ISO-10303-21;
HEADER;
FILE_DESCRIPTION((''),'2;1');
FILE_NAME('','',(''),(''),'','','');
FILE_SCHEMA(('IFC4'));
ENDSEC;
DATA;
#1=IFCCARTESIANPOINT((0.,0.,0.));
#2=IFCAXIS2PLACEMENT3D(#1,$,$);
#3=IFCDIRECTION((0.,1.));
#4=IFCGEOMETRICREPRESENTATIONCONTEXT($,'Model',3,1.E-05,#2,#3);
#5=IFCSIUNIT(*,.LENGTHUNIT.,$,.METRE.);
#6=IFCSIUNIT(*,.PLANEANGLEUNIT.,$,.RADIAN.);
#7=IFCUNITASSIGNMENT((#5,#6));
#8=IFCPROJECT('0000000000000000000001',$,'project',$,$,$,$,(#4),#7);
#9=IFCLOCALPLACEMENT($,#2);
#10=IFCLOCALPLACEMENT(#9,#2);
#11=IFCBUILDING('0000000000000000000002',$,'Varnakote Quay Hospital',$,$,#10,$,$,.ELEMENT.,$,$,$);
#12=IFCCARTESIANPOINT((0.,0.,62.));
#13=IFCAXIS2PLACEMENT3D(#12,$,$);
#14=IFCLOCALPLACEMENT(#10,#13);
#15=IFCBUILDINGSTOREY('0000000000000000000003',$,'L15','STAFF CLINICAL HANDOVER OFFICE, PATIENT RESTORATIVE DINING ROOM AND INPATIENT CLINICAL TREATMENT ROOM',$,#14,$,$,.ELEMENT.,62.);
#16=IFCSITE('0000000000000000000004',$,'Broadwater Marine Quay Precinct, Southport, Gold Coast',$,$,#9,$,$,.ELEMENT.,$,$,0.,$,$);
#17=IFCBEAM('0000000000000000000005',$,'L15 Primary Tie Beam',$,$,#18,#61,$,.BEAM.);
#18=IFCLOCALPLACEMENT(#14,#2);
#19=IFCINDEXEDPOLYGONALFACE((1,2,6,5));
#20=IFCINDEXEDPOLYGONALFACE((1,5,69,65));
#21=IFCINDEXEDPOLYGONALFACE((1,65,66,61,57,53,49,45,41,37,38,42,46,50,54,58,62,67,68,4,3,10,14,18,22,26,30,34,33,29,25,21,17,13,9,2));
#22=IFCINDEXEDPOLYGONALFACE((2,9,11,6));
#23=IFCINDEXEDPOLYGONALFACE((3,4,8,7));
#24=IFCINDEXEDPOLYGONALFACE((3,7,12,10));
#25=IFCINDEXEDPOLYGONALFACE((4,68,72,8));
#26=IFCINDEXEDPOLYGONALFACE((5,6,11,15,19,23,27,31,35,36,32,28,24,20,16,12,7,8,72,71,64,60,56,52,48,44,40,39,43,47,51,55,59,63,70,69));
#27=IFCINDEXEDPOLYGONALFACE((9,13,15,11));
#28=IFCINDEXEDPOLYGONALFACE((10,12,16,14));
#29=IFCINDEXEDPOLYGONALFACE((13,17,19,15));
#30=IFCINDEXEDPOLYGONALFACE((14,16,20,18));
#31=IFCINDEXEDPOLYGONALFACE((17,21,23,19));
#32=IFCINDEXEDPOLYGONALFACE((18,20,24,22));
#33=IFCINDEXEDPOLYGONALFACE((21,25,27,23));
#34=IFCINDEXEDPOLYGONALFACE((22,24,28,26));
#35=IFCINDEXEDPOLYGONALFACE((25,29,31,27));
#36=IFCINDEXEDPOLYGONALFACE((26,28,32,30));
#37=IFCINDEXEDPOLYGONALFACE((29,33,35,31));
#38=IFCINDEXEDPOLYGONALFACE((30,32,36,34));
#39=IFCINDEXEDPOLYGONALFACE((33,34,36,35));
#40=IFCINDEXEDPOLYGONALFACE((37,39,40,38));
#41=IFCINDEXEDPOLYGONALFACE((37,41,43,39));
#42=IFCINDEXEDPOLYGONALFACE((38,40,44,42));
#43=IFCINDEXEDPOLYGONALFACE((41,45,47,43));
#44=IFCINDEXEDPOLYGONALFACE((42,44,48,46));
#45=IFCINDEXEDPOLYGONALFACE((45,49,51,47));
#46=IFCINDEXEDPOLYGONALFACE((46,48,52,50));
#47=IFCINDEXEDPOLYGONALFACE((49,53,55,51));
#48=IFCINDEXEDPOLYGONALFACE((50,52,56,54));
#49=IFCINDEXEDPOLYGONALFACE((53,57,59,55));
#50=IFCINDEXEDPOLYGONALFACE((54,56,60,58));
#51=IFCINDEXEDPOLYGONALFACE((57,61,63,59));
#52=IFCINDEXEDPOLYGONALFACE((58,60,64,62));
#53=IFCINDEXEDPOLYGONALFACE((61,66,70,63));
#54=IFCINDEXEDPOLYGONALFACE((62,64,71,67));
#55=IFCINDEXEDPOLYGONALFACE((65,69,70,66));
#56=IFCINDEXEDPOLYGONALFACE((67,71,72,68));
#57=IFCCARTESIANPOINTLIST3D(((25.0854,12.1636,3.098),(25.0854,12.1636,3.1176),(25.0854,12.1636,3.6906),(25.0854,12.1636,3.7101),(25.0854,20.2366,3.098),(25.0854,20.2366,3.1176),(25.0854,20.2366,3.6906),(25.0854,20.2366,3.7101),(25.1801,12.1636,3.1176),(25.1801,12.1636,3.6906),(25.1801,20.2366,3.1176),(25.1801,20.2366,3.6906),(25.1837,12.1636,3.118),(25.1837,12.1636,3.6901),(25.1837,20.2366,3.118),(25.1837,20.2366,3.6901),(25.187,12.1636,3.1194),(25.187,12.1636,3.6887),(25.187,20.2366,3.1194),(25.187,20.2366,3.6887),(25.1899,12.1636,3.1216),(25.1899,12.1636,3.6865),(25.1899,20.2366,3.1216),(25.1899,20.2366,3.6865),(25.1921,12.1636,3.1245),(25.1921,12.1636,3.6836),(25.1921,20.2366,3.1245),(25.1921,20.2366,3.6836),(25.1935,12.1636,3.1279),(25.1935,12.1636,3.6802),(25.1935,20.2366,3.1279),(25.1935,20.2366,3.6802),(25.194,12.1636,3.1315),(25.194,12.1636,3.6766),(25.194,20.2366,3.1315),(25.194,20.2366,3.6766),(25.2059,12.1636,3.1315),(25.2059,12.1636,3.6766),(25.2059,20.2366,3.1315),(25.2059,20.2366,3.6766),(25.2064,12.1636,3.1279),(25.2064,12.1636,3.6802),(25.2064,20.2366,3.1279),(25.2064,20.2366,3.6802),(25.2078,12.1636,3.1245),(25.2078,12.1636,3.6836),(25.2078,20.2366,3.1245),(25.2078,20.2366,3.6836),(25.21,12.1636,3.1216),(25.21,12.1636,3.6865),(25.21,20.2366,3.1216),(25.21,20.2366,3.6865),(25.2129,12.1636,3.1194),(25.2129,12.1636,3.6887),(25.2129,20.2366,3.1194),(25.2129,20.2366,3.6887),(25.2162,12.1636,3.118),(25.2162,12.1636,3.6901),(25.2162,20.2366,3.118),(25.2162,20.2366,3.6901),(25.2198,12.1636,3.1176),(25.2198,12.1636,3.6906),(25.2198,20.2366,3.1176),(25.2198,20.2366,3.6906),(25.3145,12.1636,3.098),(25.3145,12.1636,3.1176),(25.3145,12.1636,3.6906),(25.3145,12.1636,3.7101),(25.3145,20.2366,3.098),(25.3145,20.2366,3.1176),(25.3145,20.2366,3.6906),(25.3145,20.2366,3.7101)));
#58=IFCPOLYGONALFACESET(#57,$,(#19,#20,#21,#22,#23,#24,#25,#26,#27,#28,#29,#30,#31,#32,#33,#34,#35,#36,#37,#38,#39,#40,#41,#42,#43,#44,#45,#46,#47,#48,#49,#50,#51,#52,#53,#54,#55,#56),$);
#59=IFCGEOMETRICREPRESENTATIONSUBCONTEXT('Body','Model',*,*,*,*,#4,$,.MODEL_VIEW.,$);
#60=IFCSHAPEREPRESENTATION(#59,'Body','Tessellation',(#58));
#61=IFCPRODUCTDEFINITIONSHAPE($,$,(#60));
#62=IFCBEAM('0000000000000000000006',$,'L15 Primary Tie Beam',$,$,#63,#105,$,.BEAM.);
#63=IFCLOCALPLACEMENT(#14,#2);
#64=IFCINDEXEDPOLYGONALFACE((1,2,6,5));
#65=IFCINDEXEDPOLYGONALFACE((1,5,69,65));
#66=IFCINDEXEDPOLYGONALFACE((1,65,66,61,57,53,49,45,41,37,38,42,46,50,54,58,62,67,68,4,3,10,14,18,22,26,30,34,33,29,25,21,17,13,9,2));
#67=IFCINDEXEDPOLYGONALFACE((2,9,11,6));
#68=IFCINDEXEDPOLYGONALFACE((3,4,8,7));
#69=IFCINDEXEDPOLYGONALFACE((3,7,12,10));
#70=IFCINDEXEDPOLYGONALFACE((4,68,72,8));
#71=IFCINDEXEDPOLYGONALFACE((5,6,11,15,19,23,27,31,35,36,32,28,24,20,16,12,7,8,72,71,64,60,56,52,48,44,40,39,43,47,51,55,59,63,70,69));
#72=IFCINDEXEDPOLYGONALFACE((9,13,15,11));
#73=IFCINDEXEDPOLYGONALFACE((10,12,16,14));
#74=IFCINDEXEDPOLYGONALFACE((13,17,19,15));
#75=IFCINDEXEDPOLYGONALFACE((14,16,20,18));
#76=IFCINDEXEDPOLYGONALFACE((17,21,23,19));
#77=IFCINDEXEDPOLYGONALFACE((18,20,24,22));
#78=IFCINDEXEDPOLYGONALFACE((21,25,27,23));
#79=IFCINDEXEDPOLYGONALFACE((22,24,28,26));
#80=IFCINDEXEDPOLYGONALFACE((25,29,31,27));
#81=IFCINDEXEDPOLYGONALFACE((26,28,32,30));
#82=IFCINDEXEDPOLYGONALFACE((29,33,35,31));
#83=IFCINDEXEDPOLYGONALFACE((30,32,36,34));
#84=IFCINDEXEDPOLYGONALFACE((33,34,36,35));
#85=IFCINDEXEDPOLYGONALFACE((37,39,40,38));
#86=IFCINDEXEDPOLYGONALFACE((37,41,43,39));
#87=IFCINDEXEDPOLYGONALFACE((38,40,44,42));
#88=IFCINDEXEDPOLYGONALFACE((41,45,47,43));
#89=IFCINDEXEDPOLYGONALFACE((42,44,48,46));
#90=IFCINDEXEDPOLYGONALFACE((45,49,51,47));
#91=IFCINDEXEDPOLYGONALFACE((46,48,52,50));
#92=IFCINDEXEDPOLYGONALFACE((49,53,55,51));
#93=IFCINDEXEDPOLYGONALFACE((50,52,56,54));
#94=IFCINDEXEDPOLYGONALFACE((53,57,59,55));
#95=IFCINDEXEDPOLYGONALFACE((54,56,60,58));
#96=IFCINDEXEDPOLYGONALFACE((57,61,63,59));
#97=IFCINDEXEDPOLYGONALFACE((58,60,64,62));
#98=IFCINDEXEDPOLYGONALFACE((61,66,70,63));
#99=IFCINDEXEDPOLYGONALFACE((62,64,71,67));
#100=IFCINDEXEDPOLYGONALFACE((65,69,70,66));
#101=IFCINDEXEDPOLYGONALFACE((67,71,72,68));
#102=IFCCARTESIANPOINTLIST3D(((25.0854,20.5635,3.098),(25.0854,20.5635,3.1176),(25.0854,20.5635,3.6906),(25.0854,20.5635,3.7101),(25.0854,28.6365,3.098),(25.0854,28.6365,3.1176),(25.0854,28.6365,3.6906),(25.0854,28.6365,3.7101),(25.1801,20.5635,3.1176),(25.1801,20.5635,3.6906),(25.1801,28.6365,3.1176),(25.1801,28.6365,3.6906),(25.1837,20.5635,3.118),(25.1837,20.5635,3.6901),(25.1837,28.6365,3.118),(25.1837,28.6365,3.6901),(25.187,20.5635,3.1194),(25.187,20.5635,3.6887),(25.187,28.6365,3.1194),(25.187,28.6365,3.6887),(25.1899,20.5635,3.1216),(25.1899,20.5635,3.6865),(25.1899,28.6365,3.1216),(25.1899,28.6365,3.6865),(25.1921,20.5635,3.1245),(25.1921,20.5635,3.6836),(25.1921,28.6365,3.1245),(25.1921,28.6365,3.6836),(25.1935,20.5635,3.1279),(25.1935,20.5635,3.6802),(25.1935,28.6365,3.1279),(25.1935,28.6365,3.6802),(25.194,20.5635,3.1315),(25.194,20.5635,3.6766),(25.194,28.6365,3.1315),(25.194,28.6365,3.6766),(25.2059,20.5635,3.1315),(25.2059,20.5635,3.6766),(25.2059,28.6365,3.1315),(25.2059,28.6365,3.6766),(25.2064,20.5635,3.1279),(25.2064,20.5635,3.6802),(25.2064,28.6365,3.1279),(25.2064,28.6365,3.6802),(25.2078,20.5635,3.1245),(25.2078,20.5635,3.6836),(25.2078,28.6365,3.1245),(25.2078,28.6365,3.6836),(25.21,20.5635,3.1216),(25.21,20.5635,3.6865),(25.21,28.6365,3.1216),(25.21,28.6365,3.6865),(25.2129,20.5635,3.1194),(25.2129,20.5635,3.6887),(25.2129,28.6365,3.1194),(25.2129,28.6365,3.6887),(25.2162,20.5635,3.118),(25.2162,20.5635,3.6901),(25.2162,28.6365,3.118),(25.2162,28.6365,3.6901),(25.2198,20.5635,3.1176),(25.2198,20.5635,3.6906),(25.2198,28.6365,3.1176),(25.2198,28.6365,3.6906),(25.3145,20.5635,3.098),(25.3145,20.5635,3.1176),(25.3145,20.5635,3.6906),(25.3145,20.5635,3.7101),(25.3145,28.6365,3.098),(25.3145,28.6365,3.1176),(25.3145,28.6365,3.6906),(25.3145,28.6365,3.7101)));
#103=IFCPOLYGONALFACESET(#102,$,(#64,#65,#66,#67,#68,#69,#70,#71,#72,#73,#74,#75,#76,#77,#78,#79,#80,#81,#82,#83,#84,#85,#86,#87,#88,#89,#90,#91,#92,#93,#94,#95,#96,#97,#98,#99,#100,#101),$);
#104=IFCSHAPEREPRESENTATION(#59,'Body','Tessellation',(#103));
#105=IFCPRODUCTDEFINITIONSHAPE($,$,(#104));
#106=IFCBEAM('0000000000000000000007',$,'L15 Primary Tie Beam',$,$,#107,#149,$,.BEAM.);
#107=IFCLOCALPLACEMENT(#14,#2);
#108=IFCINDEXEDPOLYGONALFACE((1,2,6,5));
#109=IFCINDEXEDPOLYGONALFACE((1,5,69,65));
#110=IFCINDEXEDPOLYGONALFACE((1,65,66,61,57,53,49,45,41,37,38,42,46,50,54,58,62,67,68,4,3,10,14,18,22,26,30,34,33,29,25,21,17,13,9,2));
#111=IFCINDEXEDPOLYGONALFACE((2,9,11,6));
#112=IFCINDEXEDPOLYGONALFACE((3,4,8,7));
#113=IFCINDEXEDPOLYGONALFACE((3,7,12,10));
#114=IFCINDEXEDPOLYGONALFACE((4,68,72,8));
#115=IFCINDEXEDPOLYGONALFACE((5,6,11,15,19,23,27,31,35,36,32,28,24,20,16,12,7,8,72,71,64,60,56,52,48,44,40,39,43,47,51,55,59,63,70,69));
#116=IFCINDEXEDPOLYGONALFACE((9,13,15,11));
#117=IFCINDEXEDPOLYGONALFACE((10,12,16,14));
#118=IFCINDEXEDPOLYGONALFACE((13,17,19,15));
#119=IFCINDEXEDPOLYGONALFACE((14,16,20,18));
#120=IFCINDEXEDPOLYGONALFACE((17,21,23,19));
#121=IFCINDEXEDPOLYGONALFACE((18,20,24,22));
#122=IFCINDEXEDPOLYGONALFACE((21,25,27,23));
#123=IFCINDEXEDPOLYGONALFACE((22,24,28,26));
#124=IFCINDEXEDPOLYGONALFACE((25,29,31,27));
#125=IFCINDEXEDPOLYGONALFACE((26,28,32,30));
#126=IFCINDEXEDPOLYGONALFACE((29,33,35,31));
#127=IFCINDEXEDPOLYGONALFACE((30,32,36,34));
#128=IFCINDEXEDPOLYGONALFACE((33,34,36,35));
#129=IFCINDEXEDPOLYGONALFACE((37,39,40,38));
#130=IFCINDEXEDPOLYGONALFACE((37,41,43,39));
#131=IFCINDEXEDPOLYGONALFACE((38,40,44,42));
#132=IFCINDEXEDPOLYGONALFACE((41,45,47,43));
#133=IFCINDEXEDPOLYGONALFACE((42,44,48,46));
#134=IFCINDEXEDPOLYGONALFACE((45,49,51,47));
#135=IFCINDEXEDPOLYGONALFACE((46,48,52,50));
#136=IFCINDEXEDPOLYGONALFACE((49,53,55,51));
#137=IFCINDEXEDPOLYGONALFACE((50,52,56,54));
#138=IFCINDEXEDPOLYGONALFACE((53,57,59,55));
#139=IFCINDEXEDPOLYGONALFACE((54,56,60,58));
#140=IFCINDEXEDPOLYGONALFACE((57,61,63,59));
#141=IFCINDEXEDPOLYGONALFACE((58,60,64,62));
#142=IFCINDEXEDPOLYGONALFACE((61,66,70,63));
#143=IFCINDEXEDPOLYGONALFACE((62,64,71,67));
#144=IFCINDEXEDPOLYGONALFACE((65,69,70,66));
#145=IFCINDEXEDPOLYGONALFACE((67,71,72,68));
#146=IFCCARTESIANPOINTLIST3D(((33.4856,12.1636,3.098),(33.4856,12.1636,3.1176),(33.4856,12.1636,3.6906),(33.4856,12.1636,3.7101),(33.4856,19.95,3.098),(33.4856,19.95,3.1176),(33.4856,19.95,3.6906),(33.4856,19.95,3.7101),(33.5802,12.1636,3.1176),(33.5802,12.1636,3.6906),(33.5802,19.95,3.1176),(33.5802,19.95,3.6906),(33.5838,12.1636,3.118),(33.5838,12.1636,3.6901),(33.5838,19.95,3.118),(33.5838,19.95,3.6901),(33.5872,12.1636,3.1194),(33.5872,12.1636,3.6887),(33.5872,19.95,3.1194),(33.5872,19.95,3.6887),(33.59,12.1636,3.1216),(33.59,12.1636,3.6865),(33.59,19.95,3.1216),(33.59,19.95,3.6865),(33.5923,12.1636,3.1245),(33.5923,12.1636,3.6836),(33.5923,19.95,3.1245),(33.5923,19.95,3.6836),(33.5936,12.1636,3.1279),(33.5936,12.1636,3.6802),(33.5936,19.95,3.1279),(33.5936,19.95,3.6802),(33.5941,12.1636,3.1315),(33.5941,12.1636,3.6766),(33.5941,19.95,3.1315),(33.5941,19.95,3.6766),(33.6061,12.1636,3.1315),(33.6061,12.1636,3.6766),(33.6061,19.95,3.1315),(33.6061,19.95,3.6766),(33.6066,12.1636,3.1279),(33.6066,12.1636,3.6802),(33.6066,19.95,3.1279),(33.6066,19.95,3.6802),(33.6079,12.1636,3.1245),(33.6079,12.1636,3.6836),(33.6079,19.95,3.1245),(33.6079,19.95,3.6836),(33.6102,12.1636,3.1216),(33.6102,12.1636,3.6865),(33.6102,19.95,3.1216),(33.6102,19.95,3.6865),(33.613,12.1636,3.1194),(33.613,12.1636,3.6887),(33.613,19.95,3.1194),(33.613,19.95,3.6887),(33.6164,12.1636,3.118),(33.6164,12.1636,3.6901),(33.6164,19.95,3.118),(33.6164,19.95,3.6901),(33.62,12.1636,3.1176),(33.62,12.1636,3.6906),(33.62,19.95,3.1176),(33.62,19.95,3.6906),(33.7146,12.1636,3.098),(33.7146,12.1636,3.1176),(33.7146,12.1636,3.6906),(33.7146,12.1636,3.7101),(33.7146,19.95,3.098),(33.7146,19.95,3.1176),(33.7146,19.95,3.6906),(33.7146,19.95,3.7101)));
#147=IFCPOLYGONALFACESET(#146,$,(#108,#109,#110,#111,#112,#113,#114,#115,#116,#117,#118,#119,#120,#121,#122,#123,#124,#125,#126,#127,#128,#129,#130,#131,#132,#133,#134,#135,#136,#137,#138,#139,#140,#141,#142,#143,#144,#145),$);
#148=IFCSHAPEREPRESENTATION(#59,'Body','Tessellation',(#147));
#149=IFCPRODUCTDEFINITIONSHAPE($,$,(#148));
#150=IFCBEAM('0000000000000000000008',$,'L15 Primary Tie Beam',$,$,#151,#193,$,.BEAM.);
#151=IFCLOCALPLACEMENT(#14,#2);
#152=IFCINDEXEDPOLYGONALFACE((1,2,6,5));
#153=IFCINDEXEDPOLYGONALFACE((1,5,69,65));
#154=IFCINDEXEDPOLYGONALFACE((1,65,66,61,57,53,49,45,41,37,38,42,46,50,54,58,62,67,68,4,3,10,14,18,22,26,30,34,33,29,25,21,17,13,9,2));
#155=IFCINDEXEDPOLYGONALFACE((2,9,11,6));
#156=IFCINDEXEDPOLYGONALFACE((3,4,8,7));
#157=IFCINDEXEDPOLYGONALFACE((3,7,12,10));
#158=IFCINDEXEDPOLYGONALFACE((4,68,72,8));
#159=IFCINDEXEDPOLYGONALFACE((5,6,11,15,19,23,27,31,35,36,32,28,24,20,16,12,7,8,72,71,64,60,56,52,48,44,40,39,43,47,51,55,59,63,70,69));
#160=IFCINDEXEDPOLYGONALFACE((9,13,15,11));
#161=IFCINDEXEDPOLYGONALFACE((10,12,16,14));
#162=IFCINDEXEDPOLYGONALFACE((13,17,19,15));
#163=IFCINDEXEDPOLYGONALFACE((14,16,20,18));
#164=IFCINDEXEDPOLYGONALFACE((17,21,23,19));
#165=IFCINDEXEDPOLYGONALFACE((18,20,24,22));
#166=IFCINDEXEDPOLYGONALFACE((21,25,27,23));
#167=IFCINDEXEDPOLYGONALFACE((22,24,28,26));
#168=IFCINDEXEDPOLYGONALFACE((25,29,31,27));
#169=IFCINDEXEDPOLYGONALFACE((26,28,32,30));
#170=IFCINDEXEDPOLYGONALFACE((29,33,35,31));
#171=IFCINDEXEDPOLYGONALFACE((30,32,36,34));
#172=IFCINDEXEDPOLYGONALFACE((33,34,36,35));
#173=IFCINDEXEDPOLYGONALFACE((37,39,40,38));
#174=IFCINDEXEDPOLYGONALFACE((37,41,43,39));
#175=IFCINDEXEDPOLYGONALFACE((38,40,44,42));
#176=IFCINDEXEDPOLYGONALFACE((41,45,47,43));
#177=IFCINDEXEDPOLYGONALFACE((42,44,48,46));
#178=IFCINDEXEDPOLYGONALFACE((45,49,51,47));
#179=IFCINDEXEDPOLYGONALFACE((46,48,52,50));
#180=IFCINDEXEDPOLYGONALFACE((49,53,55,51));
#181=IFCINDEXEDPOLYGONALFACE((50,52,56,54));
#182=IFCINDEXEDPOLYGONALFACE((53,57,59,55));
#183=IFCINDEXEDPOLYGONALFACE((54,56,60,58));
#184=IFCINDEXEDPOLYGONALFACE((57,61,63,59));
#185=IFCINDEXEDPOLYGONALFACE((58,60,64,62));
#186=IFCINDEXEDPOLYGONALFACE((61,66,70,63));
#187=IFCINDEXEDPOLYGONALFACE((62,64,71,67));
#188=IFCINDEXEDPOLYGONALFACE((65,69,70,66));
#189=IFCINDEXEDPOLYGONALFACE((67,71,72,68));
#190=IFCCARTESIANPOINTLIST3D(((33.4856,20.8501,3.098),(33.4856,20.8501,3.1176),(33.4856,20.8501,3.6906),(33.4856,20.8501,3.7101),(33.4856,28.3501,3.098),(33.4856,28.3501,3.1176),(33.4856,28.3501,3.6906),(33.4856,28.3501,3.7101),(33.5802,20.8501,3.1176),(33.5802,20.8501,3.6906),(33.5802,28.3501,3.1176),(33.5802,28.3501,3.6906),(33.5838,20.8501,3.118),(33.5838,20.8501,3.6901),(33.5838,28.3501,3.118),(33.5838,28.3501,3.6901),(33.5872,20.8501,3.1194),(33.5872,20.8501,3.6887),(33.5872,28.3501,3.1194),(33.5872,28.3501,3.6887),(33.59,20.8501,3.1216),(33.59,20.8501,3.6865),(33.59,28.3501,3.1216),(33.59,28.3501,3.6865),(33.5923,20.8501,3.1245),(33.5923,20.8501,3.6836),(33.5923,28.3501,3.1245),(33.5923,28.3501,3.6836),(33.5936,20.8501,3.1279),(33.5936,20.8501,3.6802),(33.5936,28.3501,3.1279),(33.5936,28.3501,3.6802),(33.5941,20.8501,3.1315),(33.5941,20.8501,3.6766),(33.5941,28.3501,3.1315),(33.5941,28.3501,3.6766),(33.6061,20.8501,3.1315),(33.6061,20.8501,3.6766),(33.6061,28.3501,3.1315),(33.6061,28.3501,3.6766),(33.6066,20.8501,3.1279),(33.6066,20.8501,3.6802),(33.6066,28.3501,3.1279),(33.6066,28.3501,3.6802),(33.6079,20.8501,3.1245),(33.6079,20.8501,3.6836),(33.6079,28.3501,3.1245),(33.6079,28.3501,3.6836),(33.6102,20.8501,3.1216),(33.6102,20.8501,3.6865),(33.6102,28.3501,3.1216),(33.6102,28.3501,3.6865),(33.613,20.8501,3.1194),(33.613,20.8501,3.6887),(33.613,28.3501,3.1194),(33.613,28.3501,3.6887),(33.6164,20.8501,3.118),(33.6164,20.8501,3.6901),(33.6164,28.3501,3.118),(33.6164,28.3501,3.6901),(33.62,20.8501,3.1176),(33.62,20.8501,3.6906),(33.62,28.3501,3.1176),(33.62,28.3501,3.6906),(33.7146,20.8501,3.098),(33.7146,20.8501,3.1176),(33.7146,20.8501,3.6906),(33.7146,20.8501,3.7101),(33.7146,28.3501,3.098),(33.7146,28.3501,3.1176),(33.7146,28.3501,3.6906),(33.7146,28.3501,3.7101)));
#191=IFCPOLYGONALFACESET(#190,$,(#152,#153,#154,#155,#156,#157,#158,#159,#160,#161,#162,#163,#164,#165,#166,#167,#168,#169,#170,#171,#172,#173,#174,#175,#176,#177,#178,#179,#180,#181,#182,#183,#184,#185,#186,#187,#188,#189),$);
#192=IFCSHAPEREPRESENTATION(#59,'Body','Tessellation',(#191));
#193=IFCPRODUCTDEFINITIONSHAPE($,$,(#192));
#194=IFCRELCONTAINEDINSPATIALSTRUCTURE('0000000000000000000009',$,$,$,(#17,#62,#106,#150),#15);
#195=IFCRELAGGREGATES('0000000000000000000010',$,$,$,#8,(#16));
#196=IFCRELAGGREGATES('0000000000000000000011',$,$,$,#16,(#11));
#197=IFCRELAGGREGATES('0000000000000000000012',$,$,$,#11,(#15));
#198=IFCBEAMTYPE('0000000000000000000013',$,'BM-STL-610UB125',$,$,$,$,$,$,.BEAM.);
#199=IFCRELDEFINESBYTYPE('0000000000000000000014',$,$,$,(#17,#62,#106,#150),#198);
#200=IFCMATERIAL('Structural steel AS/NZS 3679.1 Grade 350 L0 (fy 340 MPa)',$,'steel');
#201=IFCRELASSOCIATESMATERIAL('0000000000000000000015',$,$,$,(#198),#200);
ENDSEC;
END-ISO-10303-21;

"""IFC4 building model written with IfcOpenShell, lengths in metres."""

from ifc_helpers import new_model, si_unit, direction, frame, origin, origin_2d, place, context, subcontext, project, spatial, i_section, extrude, material, material_profile, profile_set, type_object, element, save


model = new_model("IFC4")

# Units and contexts
model_context = context("Model", 3, precision=1e-05, world=origin(), true_north=direction((0.0, 1.0)))
body_context = subcontext(model_context, "Body", "Model", "MODEL_VIEW")
ifc_project = project(units=[si_unit("LENGTHUNIT", "METRE"), si_unit("PLANEANGLEUNIT", "RADIAN")], contexts=[model_context])

# Site, building, storey
site_placement = place(None, origin())
site = spatial("IfcSite", under=ifc_project, at=site_placement, Name="Broadwater Marine Quay Precinct, Southport, Gold Coast", CompositionType="ELEMENT", RefElevation=0.0)
building_placement = place(site_placement, origin())
building = spatial("IfcBuilding", under=site, at=building_placement, Name="Varnakote Quay Hospital", CompositionType="ELEMENT")
storey_placement = place(building_placement, frame((0.0, 0.0, 62.0)))
storey = spatial("IfcBuildingStorey", under=building, at=storey_placement, Name="L15", Description="STAFF CLINICAL HANDOVER OFFICE, PATIENT RESTORATIVE DINING ROOM AND INPATIENT CLINICAL TREATMENT ROOM", CompositionType="ELEMENT", Elevation=62.0)

# Beams
ifc_material_1 = material(Name="Structural steel AS/NZS 3679.1 Grade 350 L0 (fy 340 MPa)", Category="steel")
ifc_material_profile_1 = material_profile(ifc_material_1, i_section(OverallWidth=0.229, OverallDepth=0.6121, WebThickness=0.012, FlangeThickness=0.0195, FilletRadius=0.0139, at=origin_2d()), Name="610UB125")
ifc_profile_set_1 = profile_set([ifc_material_profile_1], Name="Structural steel AS/NZS 3679.1 Grade 350 L0 (fy 340 MPa)")
beam_type_1 = type_object("IfcBeamType", Name="BM-STL-610UB125", PredefinedType="BEAM", material=ifc_profile_set_1)
for number, where, z_axis, x_axis, name in (
    (1, (25.2, 12.1636, 3.4041), (0.0, 1.0, 0.0), (-1.0, 0.0, 0.0), "L15 Primary Tie Beam"),
    (2, (25.2, 20.5635, 3.4041), (0.0, 1.0, 0.0), (-1.0, 0.0, 0.0), "L15 Primary Tie Beam"),
):
    element("IfcBeam", number, at=place(storey_placement, frame(where, z_axis=z_axis, x_axis=x_axis)), inside=storey, type_object=beam_type_1, Name=name, PredefinedType="BEAM", context=body_context, shape_type="SweptSolid", body=[
        extrude(i_section(OverallWidth=0.229, OverallDepth=0.6121, WebThickness=0.012, FlangeThickness=0.0195, FilletRadius=0.0139, at=origin_2d()), origin(), (0.0, 0.0, 1.0), 8.073),
    ])
beam_1_placement = place(storey_placement, frame((33.6001, 12.1636, 3.4041), z_axis=(0.0, 1.0, 0.0), x_axis=(-1.0, 0.0, 0.0)))
element("IfcBeam", 3, at=beam_1_placement, inside=storey, type_object=beam_type_1, Name="L15 Primary Tie Beam", PredefinedType="BEAM", context=body_context, shape_type="SweptSolid", body=[
    extrude(i_section(OverallWidth=0.229, OverallDepth=0.6121, WebThickness=0.012, FlangeThickness=0.0195, FilletRadius=0.0139, at=origin_2d()), origin(), (0.0, 0.0, 1.0), 7.7864),
])
beam_2_placement = place(storey_placement, frame((33.6001, 20.8501, 3.4041), z_axis=(0.0, 1.0, 0.0), x_axis=(-1.0, 0.0, 0.0)))
element("IfcBeam", 4, at=beam_2_placement, inside=storey, type_object=beam_type_1, Name="L15 Primary Tie Beam", PredefinedType="BEAM", context=body_context, shape_type="SweptSolid", body=[
    extrude(i_section(OverallWidth=0.229, OverallDepth=0.6121, WebThickness=0.012, FlangeThickness=0.0195, FilletRadius=0.0139, at=origin_2d()), origin(), (0.0, 0.0, 1.0), 7.5),
])

save(model, "model.ifc")
